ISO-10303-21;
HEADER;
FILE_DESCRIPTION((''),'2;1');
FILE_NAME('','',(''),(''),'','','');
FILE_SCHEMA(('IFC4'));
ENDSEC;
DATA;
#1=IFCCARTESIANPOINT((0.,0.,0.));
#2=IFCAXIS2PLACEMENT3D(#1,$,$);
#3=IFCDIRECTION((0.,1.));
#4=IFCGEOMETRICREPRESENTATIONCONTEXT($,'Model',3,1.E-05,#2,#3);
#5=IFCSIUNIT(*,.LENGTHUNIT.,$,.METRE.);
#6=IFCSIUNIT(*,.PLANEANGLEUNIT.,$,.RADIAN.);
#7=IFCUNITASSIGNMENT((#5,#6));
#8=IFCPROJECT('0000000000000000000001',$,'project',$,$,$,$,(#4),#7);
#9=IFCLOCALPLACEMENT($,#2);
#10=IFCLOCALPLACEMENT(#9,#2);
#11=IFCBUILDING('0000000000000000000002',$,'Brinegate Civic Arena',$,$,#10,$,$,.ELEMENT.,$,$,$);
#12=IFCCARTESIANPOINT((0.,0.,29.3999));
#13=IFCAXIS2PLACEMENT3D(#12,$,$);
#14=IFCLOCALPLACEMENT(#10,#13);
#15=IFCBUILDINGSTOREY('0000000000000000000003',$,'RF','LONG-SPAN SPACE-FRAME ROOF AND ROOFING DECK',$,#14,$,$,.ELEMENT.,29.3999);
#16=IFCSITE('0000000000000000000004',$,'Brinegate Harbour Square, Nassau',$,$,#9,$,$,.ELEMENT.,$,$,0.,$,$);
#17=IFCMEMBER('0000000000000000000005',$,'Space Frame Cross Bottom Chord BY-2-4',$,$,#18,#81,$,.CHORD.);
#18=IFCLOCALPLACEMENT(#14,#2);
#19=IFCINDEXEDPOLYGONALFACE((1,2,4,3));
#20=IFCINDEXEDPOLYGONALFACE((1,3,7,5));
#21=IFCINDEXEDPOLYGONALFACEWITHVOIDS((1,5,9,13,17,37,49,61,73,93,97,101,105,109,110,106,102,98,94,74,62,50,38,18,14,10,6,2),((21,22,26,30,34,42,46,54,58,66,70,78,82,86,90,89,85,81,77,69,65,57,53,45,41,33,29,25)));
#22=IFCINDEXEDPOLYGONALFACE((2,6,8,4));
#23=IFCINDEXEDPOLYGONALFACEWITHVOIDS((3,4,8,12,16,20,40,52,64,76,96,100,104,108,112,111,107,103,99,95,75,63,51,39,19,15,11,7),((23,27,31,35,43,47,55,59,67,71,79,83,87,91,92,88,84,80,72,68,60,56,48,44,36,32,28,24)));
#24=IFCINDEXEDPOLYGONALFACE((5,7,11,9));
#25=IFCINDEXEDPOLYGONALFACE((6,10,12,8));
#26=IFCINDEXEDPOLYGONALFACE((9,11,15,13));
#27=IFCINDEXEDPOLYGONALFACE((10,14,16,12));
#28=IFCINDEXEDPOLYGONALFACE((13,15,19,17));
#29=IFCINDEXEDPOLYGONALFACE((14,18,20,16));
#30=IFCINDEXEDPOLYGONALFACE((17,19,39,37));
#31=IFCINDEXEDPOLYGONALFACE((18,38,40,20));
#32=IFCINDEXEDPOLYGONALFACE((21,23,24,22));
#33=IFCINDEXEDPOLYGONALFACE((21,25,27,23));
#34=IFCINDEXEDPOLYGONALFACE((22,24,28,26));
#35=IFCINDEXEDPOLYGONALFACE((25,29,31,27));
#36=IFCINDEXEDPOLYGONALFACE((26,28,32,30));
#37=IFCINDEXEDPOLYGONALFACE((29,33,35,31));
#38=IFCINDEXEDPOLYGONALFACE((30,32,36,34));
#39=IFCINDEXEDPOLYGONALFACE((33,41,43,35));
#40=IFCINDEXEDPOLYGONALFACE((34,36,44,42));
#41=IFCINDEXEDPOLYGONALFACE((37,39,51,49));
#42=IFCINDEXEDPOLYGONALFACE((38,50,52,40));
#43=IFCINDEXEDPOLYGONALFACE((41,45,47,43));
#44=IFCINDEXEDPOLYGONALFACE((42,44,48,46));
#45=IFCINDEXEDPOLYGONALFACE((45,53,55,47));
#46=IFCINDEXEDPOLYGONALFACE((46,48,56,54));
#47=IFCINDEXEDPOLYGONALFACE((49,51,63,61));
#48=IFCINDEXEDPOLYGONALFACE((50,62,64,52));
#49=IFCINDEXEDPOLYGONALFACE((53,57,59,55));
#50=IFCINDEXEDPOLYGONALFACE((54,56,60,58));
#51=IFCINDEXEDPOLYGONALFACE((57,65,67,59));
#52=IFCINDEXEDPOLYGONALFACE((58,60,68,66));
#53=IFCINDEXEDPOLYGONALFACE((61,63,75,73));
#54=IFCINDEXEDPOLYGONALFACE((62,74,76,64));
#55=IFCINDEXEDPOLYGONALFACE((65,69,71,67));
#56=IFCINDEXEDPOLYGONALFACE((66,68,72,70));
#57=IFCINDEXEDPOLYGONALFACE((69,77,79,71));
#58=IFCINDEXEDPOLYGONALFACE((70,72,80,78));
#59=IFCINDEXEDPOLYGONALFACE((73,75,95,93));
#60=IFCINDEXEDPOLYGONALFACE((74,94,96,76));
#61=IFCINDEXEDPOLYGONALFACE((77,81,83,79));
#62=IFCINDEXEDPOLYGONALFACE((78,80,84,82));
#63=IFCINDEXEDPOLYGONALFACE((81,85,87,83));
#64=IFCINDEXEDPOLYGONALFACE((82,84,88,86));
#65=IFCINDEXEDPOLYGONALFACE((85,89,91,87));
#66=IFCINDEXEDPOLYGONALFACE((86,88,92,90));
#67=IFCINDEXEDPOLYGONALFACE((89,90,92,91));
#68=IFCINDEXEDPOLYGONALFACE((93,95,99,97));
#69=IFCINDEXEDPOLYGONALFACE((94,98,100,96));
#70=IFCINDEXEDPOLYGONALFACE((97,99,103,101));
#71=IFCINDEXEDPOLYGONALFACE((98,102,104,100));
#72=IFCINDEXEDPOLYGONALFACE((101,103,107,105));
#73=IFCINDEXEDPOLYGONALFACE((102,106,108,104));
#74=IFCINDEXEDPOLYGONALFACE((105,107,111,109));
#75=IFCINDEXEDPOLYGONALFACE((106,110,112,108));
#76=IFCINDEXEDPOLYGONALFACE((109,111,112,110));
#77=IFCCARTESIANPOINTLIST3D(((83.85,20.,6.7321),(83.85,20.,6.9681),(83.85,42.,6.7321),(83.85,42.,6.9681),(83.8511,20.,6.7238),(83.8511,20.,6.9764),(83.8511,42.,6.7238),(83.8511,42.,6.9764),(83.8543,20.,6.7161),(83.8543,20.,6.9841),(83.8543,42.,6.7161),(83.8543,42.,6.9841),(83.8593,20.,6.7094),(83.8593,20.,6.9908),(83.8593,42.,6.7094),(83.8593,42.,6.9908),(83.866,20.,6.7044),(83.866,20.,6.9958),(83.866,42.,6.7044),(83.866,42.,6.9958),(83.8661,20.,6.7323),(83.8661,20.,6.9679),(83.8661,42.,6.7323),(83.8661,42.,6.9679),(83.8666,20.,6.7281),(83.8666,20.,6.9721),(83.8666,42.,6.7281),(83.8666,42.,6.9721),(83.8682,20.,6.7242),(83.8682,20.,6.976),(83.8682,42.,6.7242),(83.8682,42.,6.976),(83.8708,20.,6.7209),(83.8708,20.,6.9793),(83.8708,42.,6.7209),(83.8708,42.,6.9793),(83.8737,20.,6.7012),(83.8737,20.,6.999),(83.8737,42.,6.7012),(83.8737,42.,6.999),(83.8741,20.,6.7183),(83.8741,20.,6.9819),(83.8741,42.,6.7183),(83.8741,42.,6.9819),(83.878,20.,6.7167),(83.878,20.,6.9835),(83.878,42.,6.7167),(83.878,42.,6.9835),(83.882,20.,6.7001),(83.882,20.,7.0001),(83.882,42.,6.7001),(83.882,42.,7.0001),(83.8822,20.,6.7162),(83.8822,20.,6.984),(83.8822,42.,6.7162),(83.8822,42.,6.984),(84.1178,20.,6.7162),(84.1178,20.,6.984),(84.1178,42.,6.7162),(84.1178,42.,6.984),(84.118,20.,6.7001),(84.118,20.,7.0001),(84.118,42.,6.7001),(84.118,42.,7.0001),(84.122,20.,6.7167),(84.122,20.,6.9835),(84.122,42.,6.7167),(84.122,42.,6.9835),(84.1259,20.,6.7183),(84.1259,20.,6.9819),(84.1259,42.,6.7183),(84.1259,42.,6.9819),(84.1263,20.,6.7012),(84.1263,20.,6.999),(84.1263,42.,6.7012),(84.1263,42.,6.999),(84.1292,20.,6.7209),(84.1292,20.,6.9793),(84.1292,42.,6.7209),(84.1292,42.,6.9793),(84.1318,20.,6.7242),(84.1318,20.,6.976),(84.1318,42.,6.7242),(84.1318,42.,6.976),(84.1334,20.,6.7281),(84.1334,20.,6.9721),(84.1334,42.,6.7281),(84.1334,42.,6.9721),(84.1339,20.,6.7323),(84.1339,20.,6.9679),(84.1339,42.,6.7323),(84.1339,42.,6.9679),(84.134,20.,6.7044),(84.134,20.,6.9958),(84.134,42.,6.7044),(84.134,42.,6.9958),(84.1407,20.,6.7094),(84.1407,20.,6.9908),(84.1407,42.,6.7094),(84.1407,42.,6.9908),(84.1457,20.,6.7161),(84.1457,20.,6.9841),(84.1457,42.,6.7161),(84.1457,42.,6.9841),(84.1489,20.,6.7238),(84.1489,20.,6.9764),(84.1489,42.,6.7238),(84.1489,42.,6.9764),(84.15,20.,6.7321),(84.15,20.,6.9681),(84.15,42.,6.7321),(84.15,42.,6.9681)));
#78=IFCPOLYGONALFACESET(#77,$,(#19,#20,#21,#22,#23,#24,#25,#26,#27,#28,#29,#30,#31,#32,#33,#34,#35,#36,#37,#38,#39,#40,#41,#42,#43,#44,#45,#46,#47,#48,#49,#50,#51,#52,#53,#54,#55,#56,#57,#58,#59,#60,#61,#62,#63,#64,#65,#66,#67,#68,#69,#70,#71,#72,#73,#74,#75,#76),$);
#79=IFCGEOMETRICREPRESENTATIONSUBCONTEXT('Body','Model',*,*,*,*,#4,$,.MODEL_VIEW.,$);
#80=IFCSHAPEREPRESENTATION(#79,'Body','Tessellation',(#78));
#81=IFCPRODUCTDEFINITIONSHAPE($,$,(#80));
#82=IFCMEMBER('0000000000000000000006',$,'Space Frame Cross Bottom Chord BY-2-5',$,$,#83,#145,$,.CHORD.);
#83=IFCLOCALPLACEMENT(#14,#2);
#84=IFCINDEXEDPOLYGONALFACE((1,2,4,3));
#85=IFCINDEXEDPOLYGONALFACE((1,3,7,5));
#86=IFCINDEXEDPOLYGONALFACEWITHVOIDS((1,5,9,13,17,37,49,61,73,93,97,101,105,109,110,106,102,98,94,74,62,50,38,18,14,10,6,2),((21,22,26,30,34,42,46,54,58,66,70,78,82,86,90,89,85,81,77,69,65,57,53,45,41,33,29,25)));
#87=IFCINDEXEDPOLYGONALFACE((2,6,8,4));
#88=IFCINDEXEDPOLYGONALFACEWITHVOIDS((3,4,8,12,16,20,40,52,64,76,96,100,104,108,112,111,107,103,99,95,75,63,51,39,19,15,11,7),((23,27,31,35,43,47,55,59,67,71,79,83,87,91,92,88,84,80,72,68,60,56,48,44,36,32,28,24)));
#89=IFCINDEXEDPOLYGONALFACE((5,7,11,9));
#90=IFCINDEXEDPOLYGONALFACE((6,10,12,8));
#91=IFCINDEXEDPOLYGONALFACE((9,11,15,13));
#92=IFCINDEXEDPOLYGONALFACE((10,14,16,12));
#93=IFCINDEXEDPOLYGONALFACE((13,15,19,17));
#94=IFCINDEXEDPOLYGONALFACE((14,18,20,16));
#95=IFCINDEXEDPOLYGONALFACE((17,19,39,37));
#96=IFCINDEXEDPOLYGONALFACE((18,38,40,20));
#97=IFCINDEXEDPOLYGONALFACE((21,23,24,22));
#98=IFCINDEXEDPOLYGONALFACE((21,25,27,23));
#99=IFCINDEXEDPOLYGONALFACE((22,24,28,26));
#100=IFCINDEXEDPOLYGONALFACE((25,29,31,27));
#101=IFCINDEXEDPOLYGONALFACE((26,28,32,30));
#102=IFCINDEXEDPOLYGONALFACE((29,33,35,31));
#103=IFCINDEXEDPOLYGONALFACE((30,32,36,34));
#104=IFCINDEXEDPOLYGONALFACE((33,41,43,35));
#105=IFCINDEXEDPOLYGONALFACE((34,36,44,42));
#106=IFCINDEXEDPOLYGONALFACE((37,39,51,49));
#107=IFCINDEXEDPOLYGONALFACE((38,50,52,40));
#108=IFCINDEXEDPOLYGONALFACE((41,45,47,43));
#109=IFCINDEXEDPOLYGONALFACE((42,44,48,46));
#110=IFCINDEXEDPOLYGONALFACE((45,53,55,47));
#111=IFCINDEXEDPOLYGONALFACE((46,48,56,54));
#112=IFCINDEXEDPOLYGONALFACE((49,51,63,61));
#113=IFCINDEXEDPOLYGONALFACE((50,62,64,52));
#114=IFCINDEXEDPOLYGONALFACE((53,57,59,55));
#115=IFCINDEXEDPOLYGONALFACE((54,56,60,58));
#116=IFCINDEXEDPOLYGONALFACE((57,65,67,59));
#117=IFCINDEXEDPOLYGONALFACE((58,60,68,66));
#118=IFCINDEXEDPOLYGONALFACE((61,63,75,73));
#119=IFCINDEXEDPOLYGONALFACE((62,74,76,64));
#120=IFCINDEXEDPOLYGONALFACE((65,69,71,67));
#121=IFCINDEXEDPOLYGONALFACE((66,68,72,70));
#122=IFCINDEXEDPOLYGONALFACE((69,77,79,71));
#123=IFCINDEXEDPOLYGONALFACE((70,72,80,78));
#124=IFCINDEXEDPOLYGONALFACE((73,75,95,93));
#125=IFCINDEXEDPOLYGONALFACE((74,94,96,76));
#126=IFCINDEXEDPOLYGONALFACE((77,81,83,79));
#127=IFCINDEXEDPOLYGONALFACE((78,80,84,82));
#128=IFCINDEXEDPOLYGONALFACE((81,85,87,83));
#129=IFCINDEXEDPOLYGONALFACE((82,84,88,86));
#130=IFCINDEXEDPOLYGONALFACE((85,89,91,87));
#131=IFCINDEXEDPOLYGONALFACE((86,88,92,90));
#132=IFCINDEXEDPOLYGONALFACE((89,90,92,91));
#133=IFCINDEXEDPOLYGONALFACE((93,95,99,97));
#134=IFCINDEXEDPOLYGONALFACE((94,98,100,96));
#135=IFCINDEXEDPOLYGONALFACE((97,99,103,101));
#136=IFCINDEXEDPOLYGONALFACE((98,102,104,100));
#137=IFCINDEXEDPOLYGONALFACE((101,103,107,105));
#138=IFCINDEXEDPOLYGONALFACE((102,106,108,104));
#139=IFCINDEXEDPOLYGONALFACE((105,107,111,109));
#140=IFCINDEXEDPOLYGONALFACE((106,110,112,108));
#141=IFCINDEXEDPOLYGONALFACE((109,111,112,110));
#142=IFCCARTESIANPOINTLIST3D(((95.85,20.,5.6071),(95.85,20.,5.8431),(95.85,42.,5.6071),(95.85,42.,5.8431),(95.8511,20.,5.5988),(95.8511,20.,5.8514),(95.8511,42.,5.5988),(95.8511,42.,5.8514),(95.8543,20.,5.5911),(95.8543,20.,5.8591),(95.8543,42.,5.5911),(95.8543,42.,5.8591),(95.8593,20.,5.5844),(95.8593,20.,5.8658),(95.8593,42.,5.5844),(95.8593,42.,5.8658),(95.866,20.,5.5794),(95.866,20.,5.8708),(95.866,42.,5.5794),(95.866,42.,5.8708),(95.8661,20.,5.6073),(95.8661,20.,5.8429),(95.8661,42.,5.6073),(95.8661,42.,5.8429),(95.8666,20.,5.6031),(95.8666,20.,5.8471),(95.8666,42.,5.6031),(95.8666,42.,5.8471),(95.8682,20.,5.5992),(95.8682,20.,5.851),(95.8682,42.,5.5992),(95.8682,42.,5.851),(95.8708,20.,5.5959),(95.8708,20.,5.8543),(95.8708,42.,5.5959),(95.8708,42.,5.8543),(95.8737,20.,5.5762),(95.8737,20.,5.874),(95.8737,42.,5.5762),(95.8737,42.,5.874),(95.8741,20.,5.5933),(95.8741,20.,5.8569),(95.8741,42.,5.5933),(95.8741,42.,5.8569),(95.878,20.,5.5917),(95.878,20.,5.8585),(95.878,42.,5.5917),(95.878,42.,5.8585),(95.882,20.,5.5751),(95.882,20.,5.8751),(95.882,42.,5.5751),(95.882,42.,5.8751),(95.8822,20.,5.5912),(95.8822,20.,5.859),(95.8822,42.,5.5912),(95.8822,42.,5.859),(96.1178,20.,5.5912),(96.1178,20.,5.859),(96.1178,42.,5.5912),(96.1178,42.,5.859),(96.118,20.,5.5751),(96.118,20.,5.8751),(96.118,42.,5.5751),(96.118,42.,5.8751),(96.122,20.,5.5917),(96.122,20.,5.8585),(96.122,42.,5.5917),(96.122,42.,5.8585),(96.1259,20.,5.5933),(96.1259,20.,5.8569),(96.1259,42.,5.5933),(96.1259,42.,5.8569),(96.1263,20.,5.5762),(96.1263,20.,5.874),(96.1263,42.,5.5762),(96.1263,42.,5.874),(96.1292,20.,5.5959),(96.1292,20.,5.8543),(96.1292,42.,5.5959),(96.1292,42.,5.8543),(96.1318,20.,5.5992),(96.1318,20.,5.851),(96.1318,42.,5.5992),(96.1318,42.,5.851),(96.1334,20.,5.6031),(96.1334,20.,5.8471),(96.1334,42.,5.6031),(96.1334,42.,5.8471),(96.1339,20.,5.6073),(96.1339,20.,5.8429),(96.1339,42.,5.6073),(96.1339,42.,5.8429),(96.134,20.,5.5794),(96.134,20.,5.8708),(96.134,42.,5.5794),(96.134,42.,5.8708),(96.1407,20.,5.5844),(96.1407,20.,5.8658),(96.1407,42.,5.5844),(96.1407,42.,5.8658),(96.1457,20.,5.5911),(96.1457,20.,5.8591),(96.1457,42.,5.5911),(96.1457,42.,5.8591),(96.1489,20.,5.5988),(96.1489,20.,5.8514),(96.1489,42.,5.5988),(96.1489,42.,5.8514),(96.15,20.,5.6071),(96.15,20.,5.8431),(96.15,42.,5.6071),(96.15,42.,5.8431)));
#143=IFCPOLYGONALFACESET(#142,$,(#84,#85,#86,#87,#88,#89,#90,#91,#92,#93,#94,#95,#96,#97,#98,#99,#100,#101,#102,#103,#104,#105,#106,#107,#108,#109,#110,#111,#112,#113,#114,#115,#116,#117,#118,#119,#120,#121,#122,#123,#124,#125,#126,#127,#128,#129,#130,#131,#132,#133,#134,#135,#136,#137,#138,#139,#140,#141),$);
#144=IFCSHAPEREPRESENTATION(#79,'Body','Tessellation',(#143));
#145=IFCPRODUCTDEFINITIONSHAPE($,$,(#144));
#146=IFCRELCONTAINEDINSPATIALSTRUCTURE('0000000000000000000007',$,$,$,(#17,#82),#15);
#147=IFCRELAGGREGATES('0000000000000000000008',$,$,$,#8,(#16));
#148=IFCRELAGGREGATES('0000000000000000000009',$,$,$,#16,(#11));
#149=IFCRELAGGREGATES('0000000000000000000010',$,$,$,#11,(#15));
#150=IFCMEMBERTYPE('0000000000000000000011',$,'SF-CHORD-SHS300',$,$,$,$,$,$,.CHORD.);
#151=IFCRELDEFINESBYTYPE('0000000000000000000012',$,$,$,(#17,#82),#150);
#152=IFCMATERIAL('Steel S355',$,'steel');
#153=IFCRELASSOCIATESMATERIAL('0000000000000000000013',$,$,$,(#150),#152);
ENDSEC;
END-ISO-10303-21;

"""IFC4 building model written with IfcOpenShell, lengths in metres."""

from ifc_helpers import new_model, si_unit, direction, frame, origin, origin_2d, place, context, subcontext, project, spatial, hollow_rectangle, extrude, material, material_profile, profile_set, type_object, element, save


model = new_model("IFC4")

# Units and contexts
model_context = context("Model", 3, precision=1e-05, world=origin(), true_north=direction((0.0, 1.0)))
body_context = subcontext(model_context, "Body", "Model", "MODEL_VIEW")
ifc_project = project(units=[si_unit("LENGTHUNIT", "METRE"), si_unit("PLANEANGLEUNIT", "RADIAN")], contexts=[model_context])

# Site, building, storey
site_placement = place(None, origin())
site = spatial("IfcSite", under=ifc_project, at=site_placement, Name="Brinegate Harbour Square, Nassau", CompositionType="ELEMENT", RefElevation=0.0)
building_placement = place(site_placement, origin())
building = spatial("IfcBuilding", under=site, at=building_placement, Name="Brinegate Civic Arena", CompositionType="ELEMENT")
storey_placement = place(building_placement, frame((0.0, 0.0, 29.3999)))
storey = spatial("IfcBuildingStorey", under=building, at=storey_placement, Name="RF", Description="LONG-SPAN SPACE-FRAME ROOF AND ROOFING DECK", CompositionType="ELEMENT", Elevation=29.3999)

# Members
ifc_material = material(Name="Steel S355", Category="steel")
ifc_material_profile_1 = material_profile(ifc_material, hollow_rectangle(XDim=0.3, YDim=0.3, WallThickness=0.0161, InnerFilletRadius=0.0161, OuterFilletRadius=0.032, at=origin_2d()), Name="SHS300X16")
ifc_profile_set_1 = profile_set([ifc_material_profile_1], Name="Steel S355")
member_type_1 = type_object("IfcMemberType", Name="SF-CHORD-SHS300", PredefinedType="CHORD", material=ifc_profile_set_1)
for number, where, z_axis, x_axis, name in (
    (1, (84.0, 20.0, 6.8501), (0.0, 1.0, 0.0), (-1.0, 0.0, 0.0), "Space Frame Cross Bottom Chord BY-2-4"),
    (2, (96.0, 20.0, 5.7251), (0.0, 1.0, 0.0), (-1.0, 0.0, 0.0), "Space Frame Cross Bottom Chord BY-2-5"),
):
    element("IfcMember", number, at=place(storey_placement, frame(where, z_axis=z_axis, x_axis=x_axis)), inside=storey, type_object=member_type_1, Name=name, PredefinedType="CHORD", context=body_context, shape_type="SweptSolid", body=[
        extrude(hollow_rectangle(XDim=0.3, YDim=0.3, WallThickness=0.0161, InnerFilletRadius=0.0161, OuterFilletRadius=0.032, at=origin_2d()), origin(), (0.0, 0.0, 1.0), 22.0),
    ])

save(model, "model.ifc")
